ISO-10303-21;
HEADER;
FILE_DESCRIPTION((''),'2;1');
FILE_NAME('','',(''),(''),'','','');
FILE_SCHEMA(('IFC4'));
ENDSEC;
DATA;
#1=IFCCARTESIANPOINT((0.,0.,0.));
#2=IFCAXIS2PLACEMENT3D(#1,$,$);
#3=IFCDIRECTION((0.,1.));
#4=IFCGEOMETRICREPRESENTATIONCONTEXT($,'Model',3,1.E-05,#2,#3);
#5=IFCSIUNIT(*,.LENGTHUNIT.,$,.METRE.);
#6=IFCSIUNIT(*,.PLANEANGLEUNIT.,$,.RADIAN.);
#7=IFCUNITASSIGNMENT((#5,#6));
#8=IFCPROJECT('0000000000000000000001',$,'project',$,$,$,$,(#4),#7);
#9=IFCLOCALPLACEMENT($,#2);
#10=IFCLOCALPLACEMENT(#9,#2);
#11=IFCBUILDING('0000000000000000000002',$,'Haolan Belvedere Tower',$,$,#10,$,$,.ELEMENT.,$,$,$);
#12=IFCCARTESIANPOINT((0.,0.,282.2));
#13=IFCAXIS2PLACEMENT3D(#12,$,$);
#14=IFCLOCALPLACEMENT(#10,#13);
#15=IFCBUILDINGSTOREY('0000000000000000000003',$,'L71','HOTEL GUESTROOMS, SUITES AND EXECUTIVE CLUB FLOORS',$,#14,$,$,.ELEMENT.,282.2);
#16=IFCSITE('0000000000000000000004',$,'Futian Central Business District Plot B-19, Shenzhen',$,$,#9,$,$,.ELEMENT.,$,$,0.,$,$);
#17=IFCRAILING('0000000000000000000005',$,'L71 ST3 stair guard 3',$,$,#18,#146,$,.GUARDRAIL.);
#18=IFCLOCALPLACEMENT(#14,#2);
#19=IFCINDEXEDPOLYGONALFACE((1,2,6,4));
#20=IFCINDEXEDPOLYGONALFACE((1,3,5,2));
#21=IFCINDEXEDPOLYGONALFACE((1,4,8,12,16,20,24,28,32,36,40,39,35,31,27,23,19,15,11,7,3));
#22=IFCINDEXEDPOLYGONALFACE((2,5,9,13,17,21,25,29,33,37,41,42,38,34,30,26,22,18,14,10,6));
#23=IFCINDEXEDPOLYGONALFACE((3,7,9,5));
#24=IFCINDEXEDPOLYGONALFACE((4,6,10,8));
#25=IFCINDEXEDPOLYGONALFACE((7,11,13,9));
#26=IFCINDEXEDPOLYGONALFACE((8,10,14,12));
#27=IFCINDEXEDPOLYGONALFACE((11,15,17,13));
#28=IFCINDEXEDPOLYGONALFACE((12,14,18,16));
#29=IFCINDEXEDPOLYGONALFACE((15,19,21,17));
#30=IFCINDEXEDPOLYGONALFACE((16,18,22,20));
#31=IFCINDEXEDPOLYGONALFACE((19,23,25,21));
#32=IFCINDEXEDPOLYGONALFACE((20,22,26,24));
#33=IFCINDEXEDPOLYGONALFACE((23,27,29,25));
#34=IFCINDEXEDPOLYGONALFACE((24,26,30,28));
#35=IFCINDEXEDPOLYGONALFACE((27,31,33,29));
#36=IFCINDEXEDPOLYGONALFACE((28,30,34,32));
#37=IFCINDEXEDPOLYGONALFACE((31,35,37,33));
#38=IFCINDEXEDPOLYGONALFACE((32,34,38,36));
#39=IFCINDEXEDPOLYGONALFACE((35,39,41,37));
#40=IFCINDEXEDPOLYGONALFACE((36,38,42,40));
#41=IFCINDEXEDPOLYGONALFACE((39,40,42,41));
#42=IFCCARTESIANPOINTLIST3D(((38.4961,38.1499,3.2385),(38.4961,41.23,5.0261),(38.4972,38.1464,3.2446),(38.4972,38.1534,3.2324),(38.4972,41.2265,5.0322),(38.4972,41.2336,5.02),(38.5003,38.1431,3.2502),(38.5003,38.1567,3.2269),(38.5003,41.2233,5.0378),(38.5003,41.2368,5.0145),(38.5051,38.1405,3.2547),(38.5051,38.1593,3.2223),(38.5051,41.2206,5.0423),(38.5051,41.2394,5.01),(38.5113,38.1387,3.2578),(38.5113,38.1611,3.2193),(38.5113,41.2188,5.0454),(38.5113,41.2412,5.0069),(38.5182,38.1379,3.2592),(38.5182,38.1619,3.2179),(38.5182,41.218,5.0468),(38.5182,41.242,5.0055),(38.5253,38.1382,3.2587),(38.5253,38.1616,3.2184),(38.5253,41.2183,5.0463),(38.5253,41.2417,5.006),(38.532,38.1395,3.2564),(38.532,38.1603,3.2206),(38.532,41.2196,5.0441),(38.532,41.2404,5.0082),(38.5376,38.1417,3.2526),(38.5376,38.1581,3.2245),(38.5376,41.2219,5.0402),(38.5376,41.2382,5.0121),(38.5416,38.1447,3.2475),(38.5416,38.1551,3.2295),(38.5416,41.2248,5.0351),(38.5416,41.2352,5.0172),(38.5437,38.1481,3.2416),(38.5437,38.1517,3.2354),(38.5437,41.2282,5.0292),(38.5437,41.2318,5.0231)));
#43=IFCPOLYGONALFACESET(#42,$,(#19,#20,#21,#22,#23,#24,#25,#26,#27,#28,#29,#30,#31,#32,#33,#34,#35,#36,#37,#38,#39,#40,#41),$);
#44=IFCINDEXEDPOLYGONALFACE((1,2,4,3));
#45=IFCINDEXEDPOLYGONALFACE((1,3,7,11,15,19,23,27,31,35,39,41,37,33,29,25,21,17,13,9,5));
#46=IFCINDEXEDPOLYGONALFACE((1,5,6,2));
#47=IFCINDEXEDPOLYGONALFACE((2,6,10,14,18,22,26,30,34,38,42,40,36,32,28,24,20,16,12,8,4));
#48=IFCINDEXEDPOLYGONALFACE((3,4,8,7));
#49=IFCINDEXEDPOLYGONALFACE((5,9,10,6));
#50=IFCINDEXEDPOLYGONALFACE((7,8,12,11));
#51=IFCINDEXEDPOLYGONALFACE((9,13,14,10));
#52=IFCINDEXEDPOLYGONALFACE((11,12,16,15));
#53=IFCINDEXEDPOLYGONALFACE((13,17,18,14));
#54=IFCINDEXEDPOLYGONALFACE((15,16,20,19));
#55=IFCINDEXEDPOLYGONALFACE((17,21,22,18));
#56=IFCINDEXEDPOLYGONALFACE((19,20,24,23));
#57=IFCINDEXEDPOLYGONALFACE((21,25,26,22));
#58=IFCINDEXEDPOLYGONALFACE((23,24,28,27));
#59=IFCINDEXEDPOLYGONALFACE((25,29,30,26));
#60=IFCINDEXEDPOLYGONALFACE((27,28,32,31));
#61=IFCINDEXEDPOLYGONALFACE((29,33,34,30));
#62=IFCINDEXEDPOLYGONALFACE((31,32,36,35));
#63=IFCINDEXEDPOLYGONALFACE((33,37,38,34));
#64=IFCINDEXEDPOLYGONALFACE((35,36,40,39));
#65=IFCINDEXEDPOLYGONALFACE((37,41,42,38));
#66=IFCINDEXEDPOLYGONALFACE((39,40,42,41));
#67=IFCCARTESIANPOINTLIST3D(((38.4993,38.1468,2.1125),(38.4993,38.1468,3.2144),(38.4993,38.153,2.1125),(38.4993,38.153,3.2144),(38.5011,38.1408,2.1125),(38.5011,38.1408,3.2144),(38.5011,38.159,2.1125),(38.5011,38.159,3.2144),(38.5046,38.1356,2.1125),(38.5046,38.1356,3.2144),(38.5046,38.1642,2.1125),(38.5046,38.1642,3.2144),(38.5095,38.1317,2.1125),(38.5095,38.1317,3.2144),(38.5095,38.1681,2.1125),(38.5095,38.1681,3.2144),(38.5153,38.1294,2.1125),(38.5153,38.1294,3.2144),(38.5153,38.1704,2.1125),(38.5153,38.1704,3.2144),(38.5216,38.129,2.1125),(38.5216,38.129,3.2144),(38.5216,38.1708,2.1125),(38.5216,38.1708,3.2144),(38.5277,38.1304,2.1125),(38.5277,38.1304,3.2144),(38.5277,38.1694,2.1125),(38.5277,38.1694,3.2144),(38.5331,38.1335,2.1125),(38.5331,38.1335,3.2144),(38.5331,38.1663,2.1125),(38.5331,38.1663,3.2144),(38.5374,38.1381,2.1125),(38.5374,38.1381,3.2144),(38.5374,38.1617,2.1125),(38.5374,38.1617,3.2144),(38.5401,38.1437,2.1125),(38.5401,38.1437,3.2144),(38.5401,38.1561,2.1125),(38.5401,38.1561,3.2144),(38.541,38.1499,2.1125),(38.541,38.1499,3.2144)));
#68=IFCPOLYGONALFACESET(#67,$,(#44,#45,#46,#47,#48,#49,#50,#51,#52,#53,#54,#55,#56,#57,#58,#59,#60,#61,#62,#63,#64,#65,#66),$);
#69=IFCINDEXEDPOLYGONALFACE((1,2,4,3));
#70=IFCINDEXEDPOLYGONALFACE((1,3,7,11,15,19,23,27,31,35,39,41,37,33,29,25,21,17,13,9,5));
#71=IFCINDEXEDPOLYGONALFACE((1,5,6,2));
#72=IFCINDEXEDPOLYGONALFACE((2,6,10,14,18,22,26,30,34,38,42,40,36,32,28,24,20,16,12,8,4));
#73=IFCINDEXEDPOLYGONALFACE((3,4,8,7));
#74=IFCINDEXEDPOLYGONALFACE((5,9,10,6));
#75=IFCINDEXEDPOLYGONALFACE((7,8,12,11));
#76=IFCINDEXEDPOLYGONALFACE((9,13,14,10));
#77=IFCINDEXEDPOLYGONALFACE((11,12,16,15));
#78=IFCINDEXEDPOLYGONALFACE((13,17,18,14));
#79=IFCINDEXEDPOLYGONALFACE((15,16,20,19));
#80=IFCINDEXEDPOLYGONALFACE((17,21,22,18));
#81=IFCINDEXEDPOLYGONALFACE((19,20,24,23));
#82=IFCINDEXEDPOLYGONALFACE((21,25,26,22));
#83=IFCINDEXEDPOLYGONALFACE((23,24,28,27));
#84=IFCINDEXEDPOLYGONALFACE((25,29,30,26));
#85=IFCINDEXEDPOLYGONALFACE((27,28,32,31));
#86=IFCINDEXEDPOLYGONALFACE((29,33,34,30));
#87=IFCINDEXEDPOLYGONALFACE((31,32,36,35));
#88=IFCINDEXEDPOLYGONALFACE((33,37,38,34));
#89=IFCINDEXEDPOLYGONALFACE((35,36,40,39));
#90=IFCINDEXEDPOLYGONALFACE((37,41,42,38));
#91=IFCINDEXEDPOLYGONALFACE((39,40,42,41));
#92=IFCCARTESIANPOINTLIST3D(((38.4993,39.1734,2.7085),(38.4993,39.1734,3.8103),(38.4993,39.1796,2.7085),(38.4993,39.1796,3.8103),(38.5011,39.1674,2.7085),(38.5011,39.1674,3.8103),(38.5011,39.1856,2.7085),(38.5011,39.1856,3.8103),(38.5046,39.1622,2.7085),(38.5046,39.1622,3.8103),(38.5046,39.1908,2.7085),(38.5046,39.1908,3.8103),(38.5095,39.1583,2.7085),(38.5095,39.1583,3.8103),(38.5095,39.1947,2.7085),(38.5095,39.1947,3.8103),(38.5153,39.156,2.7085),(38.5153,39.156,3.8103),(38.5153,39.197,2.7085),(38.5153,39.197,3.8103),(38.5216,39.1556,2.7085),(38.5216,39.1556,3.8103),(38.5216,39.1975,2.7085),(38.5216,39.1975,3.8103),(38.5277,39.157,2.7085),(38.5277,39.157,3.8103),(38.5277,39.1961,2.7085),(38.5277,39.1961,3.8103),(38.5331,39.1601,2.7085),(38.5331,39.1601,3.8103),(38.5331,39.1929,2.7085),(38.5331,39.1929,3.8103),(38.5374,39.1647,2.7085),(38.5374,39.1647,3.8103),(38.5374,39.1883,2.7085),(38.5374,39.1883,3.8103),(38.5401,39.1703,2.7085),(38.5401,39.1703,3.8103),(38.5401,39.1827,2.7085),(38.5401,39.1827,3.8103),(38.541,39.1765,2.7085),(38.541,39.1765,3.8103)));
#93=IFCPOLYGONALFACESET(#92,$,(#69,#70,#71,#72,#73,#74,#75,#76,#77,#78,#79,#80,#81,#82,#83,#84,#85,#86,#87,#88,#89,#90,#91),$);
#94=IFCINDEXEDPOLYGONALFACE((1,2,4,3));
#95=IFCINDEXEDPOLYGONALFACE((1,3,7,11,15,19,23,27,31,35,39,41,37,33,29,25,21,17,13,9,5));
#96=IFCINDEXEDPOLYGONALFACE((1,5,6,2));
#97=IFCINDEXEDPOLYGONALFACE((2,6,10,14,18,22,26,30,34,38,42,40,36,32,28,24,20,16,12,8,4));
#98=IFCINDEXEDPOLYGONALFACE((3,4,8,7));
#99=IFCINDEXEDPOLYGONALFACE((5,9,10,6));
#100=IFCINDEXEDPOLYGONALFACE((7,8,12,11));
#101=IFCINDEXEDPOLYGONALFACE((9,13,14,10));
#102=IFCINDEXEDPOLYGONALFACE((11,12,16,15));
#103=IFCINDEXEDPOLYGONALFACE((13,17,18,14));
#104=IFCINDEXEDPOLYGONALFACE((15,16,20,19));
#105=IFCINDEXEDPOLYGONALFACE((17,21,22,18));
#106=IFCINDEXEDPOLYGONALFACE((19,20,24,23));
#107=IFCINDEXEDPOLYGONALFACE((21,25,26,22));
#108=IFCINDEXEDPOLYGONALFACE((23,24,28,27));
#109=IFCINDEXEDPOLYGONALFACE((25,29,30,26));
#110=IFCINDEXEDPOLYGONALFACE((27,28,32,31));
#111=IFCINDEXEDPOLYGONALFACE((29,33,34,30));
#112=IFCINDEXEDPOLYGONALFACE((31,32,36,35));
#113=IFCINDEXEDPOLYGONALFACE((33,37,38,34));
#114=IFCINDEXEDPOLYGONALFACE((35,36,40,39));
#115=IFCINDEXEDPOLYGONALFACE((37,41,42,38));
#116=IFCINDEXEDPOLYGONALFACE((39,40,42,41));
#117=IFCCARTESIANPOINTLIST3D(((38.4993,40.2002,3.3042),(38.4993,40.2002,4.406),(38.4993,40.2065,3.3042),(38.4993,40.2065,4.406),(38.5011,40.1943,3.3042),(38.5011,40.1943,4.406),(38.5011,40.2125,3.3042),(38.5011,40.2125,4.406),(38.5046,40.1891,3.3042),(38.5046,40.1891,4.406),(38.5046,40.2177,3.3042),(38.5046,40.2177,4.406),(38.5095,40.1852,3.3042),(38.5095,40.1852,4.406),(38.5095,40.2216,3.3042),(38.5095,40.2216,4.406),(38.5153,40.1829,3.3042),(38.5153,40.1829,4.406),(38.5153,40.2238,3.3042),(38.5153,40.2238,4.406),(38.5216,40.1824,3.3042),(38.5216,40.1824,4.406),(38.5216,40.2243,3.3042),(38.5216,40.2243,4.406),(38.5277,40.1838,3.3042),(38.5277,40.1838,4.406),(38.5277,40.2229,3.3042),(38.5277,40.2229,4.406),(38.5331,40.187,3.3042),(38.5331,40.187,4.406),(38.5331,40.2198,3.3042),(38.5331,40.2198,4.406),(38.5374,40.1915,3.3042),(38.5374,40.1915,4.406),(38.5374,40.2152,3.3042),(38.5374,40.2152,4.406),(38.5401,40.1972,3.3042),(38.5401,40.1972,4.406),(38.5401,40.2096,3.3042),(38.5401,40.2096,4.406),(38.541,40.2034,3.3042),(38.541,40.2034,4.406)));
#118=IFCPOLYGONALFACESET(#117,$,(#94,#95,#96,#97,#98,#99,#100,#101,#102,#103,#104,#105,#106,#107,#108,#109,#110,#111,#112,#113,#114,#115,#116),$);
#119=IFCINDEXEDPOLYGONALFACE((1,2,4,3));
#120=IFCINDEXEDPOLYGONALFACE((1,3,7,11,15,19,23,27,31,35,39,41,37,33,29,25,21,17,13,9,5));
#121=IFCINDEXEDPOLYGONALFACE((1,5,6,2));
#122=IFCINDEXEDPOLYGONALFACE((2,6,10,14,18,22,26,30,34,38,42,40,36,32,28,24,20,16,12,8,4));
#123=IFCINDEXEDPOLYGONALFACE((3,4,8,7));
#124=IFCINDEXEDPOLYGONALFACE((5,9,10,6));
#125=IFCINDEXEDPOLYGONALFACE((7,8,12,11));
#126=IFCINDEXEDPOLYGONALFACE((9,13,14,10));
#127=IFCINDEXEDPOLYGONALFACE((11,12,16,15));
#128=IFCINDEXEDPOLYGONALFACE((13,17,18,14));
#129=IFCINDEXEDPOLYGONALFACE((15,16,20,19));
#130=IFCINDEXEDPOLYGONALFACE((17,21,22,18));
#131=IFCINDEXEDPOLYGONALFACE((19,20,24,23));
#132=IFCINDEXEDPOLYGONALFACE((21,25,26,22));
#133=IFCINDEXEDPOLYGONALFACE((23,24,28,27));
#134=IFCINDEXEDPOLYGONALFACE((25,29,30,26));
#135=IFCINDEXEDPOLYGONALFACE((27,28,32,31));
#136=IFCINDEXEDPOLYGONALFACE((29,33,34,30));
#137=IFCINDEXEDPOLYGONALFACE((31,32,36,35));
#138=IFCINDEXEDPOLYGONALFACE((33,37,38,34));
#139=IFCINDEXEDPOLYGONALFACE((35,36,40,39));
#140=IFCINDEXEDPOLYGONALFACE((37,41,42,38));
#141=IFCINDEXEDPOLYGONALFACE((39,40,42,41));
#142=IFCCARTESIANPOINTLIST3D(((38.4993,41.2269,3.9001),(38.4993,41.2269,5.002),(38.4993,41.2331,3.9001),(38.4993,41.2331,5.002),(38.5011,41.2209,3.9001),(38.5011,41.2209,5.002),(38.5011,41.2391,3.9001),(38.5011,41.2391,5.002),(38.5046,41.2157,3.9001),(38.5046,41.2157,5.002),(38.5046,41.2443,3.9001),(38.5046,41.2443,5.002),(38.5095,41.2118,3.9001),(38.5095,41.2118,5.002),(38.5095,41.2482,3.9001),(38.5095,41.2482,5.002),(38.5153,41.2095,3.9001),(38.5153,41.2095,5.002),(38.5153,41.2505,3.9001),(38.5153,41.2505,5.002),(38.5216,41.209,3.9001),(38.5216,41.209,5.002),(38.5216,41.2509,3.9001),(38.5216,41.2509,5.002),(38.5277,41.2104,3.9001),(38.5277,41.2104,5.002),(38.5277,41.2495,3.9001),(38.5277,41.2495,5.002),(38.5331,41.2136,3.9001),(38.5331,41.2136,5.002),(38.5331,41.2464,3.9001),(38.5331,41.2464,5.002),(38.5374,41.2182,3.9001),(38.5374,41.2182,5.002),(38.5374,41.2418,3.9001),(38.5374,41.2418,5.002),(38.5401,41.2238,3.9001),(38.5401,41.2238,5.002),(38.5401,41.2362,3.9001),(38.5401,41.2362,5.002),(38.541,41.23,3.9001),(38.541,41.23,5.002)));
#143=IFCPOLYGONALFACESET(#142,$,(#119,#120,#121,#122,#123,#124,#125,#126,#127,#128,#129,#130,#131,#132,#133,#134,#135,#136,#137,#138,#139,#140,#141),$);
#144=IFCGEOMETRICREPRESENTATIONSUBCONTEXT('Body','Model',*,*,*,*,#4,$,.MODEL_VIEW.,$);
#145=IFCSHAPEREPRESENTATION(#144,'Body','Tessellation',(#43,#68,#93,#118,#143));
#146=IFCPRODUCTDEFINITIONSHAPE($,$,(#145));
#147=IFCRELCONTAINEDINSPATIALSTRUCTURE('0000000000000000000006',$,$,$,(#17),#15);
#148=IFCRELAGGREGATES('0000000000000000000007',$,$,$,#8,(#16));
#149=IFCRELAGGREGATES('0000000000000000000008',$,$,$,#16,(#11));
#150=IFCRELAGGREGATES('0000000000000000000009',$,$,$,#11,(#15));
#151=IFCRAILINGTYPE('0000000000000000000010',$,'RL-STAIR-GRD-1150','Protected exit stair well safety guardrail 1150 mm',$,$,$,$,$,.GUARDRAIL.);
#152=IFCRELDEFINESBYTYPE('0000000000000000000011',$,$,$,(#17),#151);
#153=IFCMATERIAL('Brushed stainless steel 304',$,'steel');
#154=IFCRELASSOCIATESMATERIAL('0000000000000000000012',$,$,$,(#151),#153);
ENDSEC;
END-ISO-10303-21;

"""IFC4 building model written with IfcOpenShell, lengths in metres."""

from ifc_helpers import new_model, si_unit, direction, frame, origin, origin_2d, place, context, subcontext, project, spatial, circle, extrude, material, type_object, element, save


model = new_model("IFC4")

# Units and contexts
model_context = context("Model", 3, precision=1e-05, world=origin(), true_north=direction((0.0, 1.0)))
body_context = subcontext(model_context, "Body", "Model", "MODEL_VIEW")
ifc_project = project(units=[si_unit("LENGTHUNIT", "METRE"), si_unit("PLANEANGLEUNIT", "RADIAN")], contexts=[model_context])

# Site, building, storey
site_placement = place(None, origin())
site = spatial("IfcSite", under=ifc_project, at=site_placement, Name="Futian Central Business District Plot B-19, Shenzhen", CompositionType="ELEMENT", RefElevation=0.0)
building_placement = place(site_placement, origin())
building = spatial("IfcBuilding", under=site, at=building_placement, Name="Haolan Belvedere Tower", CompositionType="ELEMENT")
storey_placement = place(building_placement, frame((0.0, 0.0, 282.2)))
storey = spatial("IfcBuildingStorey", under=building, at=storey_placement, Name="L71", Description="HOTEL GUESTROOMS, SUITES AND EXECUTIVE CLUB FLOORS", CompositionType="ELEMENT", Elevation=282.2)

# Railing
ifc_material_1 = material(Name="Brushed stainless steel 304", Category="steel")
railing_type_1 = type_object("IfcRailingType", Name="RL-STAIR-GRD-1150", Description="Protected exit stair well safety guardrail 1150 mm", PredefinedType="GUARDRAIL", material=ifc_material_1)
railing_1_placement = place(storey_placement, frame((38.52, 38.1499, 2.1125)))
element("IfcRailing", 1, at=railing_1_placement, inside=storey, type_object=railing_type_1, Name="L71 ST3 stair guard 3", PredefinedType="GUARDRAIL", context=body_context, shape_type="SweptSolid", body=[
    extrude(circle(Radius=0.0239, at=origin_2d()), frame((0.0, 0.0, 1.126), z_axis=(0.0, 0.864891, 0.50196), x_axis=(-1.0, 0.0, 0.0)), (0.0, 0.0, 1.0), 3.5613),
    extrude(circle(Radius=0.021, at=origin_2d()), origin(), (0.0, 0.0, 1.0), 1.1018),
    extrude(circle(Radius=0.021, at=origin_2d()), frame((0.0, 1.0266, 0.5959)), (0.0, 0.0, 1.0), 1.1018),
    extrude(circle(Radius=0.021, at=origin_2d()), frame((0.0, 2.0535, 1.1917)), (0.0, 0.0, 1.0), 1.1018),
    extrude(circle(Radius=0.021, at=origin_2d()), frame((0.0, 3.0801, 1.7876)), (0.0, 0.0, 1.0), 1.1018),
])

save(model, "model.ifc")
